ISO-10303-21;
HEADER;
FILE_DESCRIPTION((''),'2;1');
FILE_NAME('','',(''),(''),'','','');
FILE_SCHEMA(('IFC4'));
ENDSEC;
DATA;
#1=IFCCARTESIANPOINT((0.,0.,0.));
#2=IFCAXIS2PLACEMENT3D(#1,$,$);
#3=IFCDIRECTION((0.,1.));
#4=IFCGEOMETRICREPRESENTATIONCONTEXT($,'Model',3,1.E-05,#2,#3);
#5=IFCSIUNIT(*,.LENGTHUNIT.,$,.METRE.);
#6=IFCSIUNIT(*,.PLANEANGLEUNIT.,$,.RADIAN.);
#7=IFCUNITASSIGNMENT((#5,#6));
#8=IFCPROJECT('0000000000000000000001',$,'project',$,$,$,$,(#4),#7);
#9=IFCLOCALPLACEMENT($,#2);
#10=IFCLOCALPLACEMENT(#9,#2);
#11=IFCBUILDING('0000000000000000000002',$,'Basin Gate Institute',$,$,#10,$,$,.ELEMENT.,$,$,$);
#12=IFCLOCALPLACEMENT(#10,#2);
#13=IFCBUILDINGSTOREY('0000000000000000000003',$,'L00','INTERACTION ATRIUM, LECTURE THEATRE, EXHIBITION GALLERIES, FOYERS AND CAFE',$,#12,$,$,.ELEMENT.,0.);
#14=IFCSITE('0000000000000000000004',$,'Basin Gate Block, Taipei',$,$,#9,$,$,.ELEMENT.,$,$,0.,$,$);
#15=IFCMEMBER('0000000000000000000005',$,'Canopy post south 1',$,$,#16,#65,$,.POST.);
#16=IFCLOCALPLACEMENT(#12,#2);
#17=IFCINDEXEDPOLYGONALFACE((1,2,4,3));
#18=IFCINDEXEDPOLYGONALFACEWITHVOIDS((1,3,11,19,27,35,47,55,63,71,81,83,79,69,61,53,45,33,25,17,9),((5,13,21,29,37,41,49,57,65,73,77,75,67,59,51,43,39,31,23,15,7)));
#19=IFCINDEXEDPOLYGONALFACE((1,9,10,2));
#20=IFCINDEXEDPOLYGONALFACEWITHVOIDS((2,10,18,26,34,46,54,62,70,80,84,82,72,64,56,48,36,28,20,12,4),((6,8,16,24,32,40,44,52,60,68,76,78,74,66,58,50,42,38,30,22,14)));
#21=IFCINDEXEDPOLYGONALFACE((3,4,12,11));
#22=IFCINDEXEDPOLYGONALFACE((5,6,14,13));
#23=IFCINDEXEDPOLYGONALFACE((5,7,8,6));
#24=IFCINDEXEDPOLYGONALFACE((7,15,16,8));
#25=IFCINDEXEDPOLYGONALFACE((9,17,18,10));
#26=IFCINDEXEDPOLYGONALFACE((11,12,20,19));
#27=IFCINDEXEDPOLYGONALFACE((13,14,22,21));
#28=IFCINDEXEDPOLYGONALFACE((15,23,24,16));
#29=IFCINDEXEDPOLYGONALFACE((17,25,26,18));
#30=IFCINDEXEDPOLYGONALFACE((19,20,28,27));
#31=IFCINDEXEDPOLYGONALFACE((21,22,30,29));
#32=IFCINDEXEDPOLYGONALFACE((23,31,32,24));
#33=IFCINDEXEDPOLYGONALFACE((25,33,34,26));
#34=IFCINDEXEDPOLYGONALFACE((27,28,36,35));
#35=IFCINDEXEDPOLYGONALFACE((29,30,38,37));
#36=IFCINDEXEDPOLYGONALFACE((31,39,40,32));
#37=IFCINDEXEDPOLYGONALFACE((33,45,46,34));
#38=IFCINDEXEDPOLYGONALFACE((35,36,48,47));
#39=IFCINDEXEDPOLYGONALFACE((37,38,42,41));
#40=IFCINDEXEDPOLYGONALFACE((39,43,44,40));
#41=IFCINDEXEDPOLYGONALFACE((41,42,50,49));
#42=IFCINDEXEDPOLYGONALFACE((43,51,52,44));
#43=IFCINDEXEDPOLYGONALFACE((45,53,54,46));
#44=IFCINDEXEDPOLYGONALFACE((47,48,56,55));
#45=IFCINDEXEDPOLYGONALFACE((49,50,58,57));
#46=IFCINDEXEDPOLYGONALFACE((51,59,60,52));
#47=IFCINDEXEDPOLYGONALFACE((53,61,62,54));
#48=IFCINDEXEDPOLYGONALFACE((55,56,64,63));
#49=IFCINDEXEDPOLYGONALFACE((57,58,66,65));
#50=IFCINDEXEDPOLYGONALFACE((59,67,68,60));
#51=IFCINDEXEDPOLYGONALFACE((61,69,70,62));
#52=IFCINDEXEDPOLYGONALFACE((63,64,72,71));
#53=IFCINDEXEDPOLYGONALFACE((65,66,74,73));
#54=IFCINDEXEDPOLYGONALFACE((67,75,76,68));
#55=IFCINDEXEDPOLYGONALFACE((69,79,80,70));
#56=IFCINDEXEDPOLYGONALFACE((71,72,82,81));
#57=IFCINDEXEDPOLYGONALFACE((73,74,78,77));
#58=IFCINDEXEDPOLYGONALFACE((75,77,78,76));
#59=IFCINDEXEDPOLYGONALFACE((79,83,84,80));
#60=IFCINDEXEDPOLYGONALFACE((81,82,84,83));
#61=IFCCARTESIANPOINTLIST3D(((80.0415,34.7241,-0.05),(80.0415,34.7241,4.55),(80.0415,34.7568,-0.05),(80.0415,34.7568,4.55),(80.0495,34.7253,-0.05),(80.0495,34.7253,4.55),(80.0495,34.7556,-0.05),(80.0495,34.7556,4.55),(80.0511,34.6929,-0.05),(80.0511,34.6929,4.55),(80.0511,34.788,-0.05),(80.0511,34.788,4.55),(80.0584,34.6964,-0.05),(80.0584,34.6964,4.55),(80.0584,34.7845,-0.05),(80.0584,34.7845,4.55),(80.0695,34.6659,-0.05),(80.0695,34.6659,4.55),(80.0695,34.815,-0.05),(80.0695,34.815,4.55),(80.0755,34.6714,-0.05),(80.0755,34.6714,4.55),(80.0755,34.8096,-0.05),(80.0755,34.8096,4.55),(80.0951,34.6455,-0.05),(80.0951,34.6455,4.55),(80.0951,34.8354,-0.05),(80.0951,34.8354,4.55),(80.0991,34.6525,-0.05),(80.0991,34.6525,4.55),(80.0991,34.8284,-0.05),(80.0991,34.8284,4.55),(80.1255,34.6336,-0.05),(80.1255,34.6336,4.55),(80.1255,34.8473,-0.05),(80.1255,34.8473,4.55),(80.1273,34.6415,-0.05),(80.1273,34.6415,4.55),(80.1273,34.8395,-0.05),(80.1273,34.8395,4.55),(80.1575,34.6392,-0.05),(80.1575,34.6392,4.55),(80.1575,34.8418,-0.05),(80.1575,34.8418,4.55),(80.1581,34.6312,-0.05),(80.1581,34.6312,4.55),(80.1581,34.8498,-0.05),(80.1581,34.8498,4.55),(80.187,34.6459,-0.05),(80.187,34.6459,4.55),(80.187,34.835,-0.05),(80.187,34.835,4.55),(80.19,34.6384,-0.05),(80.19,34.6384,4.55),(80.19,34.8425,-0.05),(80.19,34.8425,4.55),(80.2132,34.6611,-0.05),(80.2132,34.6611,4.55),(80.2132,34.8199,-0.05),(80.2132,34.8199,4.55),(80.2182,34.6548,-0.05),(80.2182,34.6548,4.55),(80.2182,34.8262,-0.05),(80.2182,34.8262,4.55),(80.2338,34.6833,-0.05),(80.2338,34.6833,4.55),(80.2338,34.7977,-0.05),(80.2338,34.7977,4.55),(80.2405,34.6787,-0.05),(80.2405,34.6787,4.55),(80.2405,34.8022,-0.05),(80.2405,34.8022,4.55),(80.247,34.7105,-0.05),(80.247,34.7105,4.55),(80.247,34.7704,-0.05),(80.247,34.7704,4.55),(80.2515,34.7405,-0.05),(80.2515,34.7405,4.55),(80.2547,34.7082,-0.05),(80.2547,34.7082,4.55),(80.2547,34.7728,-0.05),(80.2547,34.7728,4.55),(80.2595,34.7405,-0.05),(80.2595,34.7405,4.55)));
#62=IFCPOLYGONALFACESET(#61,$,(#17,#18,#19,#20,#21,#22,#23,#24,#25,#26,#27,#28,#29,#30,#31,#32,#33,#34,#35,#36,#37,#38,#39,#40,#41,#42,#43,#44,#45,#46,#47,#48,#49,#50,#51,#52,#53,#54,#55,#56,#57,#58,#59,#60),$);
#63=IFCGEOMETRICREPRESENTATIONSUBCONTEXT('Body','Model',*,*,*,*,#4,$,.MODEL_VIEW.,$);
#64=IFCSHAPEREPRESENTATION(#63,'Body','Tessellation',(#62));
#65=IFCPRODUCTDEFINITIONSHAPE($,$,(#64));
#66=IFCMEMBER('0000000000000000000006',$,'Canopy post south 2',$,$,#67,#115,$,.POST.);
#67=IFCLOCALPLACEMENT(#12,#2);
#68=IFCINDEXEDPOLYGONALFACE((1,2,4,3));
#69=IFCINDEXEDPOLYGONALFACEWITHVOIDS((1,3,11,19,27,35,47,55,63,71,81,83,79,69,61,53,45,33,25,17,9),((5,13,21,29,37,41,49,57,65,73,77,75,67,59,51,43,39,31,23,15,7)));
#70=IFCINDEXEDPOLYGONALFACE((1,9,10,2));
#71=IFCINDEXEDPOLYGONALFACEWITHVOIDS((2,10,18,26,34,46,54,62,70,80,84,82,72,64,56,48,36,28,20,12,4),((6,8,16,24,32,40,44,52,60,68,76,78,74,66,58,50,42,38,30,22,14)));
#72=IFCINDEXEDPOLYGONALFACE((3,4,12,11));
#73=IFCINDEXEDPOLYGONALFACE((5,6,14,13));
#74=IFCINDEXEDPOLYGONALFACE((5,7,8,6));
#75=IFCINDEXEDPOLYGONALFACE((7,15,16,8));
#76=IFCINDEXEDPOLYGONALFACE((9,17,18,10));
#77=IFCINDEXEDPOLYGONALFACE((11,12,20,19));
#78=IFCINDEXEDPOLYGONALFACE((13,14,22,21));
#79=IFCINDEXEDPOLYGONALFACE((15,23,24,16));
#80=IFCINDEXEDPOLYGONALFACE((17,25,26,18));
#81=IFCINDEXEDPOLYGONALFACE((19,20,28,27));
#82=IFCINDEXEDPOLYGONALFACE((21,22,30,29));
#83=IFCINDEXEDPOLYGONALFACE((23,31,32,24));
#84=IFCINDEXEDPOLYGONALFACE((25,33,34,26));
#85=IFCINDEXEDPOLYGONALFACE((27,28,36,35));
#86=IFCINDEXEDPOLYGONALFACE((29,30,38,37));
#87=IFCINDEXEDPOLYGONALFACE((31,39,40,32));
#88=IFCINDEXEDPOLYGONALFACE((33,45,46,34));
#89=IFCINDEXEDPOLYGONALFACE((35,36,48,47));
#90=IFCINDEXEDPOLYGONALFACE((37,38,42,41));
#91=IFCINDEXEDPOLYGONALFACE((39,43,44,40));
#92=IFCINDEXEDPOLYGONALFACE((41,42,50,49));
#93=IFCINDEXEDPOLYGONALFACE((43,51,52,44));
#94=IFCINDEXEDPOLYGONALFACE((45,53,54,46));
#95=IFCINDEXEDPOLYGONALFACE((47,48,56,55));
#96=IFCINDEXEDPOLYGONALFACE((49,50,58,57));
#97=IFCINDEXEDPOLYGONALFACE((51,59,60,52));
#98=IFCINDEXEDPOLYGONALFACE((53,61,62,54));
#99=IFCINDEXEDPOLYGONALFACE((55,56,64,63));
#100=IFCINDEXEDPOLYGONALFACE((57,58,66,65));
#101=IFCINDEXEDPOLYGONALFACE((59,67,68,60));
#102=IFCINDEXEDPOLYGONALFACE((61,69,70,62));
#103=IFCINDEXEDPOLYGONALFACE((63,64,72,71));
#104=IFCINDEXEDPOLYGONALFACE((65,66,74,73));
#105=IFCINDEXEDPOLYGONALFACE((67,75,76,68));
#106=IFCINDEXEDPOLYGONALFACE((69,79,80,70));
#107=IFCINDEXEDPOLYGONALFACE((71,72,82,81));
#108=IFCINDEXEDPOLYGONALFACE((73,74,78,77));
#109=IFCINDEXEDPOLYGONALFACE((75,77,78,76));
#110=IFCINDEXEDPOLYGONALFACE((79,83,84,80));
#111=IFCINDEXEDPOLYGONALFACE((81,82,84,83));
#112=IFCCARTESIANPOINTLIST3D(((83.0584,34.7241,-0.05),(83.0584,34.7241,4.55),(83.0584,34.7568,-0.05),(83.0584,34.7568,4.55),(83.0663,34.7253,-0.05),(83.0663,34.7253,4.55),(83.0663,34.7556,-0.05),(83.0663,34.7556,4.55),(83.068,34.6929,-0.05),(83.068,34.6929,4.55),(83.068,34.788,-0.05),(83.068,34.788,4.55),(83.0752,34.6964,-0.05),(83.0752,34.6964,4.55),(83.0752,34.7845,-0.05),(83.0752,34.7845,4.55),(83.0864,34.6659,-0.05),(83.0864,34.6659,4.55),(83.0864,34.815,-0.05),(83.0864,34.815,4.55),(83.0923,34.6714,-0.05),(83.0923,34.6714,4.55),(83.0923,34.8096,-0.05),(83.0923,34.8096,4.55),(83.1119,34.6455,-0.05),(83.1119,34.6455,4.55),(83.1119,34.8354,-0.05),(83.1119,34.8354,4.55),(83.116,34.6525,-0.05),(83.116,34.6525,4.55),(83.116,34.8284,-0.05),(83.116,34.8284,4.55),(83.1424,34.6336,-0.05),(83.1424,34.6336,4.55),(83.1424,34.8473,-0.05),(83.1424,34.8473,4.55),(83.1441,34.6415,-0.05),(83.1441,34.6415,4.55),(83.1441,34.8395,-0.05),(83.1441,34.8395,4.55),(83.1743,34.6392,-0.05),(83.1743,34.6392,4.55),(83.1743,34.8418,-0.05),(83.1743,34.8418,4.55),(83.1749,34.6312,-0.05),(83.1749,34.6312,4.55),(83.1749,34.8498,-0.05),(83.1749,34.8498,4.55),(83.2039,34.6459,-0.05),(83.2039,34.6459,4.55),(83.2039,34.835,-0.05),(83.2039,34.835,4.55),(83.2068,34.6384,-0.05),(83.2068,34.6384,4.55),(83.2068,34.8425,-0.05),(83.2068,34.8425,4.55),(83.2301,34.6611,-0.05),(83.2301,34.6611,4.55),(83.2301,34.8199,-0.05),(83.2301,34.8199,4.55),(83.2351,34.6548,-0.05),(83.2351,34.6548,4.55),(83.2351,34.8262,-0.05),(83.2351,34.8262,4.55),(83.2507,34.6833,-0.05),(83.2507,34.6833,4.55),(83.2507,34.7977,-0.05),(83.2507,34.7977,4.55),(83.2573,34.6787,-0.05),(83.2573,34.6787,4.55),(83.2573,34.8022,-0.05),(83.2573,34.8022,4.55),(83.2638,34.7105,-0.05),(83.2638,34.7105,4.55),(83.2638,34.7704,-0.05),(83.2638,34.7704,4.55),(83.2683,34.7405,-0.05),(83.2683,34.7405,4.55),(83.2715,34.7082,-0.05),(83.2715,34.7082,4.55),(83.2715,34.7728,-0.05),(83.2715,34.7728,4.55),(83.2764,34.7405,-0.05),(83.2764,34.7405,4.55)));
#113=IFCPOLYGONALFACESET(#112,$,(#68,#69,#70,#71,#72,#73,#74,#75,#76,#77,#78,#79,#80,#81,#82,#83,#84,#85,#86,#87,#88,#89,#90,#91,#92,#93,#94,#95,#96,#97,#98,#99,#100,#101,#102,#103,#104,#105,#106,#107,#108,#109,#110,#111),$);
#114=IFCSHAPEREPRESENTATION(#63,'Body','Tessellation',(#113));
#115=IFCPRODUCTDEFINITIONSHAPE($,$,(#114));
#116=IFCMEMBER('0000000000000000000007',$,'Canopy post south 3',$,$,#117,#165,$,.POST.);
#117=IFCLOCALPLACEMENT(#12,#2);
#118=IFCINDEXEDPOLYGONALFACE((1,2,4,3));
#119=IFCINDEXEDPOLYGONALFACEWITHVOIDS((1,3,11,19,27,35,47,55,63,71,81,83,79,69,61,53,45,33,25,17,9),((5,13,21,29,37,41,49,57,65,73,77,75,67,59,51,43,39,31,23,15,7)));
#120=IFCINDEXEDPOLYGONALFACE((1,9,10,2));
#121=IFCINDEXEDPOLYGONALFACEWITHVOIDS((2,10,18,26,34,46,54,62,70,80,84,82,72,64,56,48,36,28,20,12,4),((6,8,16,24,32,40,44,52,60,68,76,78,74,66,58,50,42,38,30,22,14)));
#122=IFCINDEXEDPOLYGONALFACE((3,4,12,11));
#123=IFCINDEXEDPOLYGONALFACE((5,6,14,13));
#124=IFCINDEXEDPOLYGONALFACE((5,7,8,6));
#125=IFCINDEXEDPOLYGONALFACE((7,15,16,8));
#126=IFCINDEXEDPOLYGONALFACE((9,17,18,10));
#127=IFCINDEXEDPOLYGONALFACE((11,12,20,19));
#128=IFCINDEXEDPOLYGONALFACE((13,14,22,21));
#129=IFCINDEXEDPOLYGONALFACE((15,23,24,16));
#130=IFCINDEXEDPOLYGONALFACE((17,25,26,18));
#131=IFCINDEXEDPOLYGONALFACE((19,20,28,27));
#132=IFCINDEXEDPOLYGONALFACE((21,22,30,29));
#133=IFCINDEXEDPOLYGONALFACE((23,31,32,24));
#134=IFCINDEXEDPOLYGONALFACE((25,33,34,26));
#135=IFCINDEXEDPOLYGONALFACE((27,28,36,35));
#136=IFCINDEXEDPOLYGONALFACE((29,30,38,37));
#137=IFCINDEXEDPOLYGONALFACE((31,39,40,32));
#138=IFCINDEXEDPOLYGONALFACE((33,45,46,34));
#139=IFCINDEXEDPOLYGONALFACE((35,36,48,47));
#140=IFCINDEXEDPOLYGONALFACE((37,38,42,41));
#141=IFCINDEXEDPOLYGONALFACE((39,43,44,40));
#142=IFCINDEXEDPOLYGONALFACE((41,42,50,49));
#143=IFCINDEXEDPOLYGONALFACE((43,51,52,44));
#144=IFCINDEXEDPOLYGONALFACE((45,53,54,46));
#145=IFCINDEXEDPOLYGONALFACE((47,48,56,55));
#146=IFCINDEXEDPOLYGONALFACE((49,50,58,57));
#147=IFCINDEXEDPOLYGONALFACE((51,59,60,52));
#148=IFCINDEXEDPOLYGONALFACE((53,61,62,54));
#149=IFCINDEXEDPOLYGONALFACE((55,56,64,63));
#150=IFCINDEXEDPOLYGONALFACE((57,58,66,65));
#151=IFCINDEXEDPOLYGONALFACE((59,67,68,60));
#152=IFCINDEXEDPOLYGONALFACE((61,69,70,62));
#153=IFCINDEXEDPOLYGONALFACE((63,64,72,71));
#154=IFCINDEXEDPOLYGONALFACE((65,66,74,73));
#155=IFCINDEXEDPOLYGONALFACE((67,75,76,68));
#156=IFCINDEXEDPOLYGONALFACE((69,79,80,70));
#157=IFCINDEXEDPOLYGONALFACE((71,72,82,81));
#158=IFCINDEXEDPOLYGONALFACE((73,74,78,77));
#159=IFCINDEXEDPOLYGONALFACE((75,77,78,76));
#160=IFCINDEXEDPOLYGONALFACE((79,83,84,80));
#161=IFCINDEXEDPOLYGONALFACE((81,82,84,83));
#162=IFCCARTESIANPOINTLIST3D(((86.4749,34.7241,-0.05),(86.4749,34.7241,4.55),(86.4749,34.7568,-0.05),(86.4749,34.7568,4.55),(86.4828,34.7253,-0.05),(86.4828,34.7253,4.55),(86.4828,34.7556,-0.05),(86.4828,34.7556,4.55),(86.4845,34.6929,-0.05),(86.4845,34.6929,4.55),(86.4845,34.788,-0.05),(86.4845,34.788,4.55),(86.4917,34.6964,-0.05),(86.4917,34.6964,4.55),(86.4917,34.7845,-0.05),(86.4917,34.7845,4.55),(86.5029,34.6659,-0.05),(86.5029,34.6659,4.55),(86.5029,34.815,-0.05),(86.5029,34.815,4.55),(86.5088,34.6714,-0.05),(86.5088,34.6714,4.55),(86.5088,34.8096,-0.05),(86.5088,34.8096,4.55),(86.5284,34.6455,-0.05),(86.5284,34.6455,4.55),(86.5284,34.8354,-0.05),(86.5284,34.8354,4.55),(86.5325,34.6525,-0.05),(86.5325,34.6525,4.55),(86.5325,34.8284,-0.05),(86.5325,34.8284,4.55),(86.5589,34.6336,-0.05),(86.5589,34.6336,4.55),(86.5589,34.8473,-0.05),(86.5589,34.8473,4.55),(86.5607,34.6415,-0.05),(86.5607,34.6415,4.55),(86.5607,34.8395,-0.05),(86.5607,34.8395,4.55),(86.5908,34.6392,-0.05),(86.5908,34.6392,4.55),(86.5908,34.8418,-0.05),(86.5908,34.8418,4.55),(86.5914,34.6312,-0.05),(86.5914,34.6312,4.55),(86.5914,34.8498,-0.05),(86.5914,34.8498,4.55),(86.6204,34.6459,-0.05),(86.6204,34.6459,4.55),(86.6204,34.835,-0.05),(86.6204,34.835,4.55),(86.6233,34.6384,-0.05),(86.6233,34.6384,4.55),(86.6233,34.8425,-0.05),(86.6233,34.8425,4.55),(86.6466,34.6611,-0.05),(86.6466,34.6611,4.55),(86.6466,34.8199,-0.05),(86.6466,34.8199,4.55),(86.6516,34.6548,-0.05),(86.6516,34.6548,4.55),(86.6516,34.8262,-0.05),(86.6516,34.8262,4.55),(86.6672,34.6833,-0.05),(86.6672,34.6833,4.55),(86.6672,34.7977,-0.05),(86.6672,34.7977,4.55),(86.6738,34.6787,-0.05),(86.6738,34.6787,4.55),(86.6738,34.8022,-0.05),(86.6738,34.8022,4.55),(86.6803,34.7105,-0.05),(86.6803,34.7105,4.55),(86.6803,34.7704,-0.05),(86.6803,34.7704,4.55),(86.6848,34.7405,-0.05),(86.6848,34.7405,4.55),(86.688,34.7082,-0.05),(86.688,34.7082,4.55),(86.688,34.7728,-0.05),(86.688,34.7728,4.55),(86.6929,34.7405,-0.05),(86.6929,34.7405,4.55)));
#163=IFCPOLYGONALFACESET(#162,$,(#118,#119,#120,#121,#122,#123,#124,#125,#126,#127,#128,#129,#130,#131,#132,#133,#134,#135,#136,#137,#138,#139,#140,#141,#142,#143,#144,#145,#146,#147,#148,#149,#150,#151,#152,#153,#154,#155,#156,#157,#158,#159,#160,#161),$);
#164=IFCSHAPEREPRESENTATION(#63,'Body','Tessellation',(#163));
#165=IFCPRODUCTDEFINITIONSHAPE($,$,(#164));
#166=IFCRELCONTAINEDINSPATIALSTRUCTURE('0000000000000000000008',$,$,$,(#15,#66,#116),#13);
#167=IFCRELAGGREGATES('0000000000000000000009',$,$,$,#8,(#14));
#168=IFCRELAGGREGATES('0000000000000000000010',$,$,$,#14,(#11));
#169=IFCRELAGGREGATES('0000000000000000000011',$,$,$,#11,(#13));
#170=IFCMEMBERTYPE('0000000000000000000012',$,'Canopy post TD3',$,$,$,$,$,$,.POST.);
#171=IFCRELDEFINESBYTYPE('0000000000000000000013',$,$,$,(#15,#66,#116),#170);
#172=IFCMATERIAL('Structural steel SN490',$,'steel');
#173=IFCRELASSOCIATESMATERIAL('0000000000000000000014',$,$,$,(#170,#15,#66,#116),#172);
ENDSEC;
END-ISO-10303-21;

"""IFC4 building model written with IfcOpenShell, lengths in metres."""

from ifc_helpers import new_model, si_unit, direction, frame, origin, origin_2d, place, context, subcontext, project, spatial, hollow_circle, extrude, material, material_profile, profile_set, type_object, element, save


model = new_model("IFC4")

# Units and contexts
model_context = context("Model", 3, precision=1e-05, world=origin(), true_north=direction((0.0, 1.0)))
body_context = subcontext(model_context, "Body", "Model", "MODEL_VIEW")
ifc_project = project(units=[si_unit("LENGTHUNIT", "METRE"), si_unit("PLANEANGLEUNIT", "RADIAN")], contexts=[model_context])

# Site, building, storey
site_placement = place(None, origin())
site = spatial("IfcSite", under=ifc_project, at=site_placement, Name="Basin Gate Block, Taipei", CompositionType="ELEMENT", RefElevation=0.0)
building_placement = place(site_placement, origin())
building = spatial("IfcBuilding", under=site, at=building_placement, Name="Basin Gate Institute", CompositionType="ELEMENT")
storey_placement = place(building_placement, origin())
storey = spatial("IfcBuildingStorey", under=building, at=storey_placement, Name="L00", Description="INTERACTION ATRIUM, LECTURE THEATRE, EXHIBITION GALLERIES, FOYERS AND CAFE", CompositionType="ELEMENT", Elevation=0.0)

# Members
ifc_material_1 = material(Name="Structural steel SN490", Category="steel")
ifc_material_profile_1 = material_profile(ifc_material_1, hollow_circle(Radius=0.1096, WallThickness=0.0081, at=origin_2d()), Name="CHS219x8")
ifc_profile_set_1 = profile_set([ifc_material_profile_1], Name="Structural steel SN490")
member_type_1 = type_object("IfcMemberType", Name="Canopy post TD3", PredefinedType="POST", material=ifc_profile_set_1)
for number, where, z_axis, x_axis, name in (
    (1, (80.1499, 34.7405, -0.05), (0.0, 0.0, 1.0), (1.0, 0.0, 0.0), "Canopy post south 1"),
    (2, (83.1667, 34.7405, -0.05), (0.0, 0.0, 1.0), (1.0, 0.0, 0.0), "Canopy post south 2"),
    (3, (86.5833, 34.7405, -0.05), (0.0, 0.0, 1.0), (1.0, 0.0, 0.0), "Canopy post south 3"),
):
    element("IfcMember", number, at=place(storey_placement, frame(where, z_axis=z_axis, x_axis=x_axis)), inside=storey, type_object=member_type_1, material=ifc_profile_set_1, Name=name, PredefinedType="POST", context=body_context, shape_type="SweptSolid", body=[
        extrude(hollow_circle(Radius=0.1096, WallThickness=0.0081, at=origin_2d()), origin(), (0.0, 0.0, 1.0), 4.6001),
    ])

save(model, "model.ifc")
